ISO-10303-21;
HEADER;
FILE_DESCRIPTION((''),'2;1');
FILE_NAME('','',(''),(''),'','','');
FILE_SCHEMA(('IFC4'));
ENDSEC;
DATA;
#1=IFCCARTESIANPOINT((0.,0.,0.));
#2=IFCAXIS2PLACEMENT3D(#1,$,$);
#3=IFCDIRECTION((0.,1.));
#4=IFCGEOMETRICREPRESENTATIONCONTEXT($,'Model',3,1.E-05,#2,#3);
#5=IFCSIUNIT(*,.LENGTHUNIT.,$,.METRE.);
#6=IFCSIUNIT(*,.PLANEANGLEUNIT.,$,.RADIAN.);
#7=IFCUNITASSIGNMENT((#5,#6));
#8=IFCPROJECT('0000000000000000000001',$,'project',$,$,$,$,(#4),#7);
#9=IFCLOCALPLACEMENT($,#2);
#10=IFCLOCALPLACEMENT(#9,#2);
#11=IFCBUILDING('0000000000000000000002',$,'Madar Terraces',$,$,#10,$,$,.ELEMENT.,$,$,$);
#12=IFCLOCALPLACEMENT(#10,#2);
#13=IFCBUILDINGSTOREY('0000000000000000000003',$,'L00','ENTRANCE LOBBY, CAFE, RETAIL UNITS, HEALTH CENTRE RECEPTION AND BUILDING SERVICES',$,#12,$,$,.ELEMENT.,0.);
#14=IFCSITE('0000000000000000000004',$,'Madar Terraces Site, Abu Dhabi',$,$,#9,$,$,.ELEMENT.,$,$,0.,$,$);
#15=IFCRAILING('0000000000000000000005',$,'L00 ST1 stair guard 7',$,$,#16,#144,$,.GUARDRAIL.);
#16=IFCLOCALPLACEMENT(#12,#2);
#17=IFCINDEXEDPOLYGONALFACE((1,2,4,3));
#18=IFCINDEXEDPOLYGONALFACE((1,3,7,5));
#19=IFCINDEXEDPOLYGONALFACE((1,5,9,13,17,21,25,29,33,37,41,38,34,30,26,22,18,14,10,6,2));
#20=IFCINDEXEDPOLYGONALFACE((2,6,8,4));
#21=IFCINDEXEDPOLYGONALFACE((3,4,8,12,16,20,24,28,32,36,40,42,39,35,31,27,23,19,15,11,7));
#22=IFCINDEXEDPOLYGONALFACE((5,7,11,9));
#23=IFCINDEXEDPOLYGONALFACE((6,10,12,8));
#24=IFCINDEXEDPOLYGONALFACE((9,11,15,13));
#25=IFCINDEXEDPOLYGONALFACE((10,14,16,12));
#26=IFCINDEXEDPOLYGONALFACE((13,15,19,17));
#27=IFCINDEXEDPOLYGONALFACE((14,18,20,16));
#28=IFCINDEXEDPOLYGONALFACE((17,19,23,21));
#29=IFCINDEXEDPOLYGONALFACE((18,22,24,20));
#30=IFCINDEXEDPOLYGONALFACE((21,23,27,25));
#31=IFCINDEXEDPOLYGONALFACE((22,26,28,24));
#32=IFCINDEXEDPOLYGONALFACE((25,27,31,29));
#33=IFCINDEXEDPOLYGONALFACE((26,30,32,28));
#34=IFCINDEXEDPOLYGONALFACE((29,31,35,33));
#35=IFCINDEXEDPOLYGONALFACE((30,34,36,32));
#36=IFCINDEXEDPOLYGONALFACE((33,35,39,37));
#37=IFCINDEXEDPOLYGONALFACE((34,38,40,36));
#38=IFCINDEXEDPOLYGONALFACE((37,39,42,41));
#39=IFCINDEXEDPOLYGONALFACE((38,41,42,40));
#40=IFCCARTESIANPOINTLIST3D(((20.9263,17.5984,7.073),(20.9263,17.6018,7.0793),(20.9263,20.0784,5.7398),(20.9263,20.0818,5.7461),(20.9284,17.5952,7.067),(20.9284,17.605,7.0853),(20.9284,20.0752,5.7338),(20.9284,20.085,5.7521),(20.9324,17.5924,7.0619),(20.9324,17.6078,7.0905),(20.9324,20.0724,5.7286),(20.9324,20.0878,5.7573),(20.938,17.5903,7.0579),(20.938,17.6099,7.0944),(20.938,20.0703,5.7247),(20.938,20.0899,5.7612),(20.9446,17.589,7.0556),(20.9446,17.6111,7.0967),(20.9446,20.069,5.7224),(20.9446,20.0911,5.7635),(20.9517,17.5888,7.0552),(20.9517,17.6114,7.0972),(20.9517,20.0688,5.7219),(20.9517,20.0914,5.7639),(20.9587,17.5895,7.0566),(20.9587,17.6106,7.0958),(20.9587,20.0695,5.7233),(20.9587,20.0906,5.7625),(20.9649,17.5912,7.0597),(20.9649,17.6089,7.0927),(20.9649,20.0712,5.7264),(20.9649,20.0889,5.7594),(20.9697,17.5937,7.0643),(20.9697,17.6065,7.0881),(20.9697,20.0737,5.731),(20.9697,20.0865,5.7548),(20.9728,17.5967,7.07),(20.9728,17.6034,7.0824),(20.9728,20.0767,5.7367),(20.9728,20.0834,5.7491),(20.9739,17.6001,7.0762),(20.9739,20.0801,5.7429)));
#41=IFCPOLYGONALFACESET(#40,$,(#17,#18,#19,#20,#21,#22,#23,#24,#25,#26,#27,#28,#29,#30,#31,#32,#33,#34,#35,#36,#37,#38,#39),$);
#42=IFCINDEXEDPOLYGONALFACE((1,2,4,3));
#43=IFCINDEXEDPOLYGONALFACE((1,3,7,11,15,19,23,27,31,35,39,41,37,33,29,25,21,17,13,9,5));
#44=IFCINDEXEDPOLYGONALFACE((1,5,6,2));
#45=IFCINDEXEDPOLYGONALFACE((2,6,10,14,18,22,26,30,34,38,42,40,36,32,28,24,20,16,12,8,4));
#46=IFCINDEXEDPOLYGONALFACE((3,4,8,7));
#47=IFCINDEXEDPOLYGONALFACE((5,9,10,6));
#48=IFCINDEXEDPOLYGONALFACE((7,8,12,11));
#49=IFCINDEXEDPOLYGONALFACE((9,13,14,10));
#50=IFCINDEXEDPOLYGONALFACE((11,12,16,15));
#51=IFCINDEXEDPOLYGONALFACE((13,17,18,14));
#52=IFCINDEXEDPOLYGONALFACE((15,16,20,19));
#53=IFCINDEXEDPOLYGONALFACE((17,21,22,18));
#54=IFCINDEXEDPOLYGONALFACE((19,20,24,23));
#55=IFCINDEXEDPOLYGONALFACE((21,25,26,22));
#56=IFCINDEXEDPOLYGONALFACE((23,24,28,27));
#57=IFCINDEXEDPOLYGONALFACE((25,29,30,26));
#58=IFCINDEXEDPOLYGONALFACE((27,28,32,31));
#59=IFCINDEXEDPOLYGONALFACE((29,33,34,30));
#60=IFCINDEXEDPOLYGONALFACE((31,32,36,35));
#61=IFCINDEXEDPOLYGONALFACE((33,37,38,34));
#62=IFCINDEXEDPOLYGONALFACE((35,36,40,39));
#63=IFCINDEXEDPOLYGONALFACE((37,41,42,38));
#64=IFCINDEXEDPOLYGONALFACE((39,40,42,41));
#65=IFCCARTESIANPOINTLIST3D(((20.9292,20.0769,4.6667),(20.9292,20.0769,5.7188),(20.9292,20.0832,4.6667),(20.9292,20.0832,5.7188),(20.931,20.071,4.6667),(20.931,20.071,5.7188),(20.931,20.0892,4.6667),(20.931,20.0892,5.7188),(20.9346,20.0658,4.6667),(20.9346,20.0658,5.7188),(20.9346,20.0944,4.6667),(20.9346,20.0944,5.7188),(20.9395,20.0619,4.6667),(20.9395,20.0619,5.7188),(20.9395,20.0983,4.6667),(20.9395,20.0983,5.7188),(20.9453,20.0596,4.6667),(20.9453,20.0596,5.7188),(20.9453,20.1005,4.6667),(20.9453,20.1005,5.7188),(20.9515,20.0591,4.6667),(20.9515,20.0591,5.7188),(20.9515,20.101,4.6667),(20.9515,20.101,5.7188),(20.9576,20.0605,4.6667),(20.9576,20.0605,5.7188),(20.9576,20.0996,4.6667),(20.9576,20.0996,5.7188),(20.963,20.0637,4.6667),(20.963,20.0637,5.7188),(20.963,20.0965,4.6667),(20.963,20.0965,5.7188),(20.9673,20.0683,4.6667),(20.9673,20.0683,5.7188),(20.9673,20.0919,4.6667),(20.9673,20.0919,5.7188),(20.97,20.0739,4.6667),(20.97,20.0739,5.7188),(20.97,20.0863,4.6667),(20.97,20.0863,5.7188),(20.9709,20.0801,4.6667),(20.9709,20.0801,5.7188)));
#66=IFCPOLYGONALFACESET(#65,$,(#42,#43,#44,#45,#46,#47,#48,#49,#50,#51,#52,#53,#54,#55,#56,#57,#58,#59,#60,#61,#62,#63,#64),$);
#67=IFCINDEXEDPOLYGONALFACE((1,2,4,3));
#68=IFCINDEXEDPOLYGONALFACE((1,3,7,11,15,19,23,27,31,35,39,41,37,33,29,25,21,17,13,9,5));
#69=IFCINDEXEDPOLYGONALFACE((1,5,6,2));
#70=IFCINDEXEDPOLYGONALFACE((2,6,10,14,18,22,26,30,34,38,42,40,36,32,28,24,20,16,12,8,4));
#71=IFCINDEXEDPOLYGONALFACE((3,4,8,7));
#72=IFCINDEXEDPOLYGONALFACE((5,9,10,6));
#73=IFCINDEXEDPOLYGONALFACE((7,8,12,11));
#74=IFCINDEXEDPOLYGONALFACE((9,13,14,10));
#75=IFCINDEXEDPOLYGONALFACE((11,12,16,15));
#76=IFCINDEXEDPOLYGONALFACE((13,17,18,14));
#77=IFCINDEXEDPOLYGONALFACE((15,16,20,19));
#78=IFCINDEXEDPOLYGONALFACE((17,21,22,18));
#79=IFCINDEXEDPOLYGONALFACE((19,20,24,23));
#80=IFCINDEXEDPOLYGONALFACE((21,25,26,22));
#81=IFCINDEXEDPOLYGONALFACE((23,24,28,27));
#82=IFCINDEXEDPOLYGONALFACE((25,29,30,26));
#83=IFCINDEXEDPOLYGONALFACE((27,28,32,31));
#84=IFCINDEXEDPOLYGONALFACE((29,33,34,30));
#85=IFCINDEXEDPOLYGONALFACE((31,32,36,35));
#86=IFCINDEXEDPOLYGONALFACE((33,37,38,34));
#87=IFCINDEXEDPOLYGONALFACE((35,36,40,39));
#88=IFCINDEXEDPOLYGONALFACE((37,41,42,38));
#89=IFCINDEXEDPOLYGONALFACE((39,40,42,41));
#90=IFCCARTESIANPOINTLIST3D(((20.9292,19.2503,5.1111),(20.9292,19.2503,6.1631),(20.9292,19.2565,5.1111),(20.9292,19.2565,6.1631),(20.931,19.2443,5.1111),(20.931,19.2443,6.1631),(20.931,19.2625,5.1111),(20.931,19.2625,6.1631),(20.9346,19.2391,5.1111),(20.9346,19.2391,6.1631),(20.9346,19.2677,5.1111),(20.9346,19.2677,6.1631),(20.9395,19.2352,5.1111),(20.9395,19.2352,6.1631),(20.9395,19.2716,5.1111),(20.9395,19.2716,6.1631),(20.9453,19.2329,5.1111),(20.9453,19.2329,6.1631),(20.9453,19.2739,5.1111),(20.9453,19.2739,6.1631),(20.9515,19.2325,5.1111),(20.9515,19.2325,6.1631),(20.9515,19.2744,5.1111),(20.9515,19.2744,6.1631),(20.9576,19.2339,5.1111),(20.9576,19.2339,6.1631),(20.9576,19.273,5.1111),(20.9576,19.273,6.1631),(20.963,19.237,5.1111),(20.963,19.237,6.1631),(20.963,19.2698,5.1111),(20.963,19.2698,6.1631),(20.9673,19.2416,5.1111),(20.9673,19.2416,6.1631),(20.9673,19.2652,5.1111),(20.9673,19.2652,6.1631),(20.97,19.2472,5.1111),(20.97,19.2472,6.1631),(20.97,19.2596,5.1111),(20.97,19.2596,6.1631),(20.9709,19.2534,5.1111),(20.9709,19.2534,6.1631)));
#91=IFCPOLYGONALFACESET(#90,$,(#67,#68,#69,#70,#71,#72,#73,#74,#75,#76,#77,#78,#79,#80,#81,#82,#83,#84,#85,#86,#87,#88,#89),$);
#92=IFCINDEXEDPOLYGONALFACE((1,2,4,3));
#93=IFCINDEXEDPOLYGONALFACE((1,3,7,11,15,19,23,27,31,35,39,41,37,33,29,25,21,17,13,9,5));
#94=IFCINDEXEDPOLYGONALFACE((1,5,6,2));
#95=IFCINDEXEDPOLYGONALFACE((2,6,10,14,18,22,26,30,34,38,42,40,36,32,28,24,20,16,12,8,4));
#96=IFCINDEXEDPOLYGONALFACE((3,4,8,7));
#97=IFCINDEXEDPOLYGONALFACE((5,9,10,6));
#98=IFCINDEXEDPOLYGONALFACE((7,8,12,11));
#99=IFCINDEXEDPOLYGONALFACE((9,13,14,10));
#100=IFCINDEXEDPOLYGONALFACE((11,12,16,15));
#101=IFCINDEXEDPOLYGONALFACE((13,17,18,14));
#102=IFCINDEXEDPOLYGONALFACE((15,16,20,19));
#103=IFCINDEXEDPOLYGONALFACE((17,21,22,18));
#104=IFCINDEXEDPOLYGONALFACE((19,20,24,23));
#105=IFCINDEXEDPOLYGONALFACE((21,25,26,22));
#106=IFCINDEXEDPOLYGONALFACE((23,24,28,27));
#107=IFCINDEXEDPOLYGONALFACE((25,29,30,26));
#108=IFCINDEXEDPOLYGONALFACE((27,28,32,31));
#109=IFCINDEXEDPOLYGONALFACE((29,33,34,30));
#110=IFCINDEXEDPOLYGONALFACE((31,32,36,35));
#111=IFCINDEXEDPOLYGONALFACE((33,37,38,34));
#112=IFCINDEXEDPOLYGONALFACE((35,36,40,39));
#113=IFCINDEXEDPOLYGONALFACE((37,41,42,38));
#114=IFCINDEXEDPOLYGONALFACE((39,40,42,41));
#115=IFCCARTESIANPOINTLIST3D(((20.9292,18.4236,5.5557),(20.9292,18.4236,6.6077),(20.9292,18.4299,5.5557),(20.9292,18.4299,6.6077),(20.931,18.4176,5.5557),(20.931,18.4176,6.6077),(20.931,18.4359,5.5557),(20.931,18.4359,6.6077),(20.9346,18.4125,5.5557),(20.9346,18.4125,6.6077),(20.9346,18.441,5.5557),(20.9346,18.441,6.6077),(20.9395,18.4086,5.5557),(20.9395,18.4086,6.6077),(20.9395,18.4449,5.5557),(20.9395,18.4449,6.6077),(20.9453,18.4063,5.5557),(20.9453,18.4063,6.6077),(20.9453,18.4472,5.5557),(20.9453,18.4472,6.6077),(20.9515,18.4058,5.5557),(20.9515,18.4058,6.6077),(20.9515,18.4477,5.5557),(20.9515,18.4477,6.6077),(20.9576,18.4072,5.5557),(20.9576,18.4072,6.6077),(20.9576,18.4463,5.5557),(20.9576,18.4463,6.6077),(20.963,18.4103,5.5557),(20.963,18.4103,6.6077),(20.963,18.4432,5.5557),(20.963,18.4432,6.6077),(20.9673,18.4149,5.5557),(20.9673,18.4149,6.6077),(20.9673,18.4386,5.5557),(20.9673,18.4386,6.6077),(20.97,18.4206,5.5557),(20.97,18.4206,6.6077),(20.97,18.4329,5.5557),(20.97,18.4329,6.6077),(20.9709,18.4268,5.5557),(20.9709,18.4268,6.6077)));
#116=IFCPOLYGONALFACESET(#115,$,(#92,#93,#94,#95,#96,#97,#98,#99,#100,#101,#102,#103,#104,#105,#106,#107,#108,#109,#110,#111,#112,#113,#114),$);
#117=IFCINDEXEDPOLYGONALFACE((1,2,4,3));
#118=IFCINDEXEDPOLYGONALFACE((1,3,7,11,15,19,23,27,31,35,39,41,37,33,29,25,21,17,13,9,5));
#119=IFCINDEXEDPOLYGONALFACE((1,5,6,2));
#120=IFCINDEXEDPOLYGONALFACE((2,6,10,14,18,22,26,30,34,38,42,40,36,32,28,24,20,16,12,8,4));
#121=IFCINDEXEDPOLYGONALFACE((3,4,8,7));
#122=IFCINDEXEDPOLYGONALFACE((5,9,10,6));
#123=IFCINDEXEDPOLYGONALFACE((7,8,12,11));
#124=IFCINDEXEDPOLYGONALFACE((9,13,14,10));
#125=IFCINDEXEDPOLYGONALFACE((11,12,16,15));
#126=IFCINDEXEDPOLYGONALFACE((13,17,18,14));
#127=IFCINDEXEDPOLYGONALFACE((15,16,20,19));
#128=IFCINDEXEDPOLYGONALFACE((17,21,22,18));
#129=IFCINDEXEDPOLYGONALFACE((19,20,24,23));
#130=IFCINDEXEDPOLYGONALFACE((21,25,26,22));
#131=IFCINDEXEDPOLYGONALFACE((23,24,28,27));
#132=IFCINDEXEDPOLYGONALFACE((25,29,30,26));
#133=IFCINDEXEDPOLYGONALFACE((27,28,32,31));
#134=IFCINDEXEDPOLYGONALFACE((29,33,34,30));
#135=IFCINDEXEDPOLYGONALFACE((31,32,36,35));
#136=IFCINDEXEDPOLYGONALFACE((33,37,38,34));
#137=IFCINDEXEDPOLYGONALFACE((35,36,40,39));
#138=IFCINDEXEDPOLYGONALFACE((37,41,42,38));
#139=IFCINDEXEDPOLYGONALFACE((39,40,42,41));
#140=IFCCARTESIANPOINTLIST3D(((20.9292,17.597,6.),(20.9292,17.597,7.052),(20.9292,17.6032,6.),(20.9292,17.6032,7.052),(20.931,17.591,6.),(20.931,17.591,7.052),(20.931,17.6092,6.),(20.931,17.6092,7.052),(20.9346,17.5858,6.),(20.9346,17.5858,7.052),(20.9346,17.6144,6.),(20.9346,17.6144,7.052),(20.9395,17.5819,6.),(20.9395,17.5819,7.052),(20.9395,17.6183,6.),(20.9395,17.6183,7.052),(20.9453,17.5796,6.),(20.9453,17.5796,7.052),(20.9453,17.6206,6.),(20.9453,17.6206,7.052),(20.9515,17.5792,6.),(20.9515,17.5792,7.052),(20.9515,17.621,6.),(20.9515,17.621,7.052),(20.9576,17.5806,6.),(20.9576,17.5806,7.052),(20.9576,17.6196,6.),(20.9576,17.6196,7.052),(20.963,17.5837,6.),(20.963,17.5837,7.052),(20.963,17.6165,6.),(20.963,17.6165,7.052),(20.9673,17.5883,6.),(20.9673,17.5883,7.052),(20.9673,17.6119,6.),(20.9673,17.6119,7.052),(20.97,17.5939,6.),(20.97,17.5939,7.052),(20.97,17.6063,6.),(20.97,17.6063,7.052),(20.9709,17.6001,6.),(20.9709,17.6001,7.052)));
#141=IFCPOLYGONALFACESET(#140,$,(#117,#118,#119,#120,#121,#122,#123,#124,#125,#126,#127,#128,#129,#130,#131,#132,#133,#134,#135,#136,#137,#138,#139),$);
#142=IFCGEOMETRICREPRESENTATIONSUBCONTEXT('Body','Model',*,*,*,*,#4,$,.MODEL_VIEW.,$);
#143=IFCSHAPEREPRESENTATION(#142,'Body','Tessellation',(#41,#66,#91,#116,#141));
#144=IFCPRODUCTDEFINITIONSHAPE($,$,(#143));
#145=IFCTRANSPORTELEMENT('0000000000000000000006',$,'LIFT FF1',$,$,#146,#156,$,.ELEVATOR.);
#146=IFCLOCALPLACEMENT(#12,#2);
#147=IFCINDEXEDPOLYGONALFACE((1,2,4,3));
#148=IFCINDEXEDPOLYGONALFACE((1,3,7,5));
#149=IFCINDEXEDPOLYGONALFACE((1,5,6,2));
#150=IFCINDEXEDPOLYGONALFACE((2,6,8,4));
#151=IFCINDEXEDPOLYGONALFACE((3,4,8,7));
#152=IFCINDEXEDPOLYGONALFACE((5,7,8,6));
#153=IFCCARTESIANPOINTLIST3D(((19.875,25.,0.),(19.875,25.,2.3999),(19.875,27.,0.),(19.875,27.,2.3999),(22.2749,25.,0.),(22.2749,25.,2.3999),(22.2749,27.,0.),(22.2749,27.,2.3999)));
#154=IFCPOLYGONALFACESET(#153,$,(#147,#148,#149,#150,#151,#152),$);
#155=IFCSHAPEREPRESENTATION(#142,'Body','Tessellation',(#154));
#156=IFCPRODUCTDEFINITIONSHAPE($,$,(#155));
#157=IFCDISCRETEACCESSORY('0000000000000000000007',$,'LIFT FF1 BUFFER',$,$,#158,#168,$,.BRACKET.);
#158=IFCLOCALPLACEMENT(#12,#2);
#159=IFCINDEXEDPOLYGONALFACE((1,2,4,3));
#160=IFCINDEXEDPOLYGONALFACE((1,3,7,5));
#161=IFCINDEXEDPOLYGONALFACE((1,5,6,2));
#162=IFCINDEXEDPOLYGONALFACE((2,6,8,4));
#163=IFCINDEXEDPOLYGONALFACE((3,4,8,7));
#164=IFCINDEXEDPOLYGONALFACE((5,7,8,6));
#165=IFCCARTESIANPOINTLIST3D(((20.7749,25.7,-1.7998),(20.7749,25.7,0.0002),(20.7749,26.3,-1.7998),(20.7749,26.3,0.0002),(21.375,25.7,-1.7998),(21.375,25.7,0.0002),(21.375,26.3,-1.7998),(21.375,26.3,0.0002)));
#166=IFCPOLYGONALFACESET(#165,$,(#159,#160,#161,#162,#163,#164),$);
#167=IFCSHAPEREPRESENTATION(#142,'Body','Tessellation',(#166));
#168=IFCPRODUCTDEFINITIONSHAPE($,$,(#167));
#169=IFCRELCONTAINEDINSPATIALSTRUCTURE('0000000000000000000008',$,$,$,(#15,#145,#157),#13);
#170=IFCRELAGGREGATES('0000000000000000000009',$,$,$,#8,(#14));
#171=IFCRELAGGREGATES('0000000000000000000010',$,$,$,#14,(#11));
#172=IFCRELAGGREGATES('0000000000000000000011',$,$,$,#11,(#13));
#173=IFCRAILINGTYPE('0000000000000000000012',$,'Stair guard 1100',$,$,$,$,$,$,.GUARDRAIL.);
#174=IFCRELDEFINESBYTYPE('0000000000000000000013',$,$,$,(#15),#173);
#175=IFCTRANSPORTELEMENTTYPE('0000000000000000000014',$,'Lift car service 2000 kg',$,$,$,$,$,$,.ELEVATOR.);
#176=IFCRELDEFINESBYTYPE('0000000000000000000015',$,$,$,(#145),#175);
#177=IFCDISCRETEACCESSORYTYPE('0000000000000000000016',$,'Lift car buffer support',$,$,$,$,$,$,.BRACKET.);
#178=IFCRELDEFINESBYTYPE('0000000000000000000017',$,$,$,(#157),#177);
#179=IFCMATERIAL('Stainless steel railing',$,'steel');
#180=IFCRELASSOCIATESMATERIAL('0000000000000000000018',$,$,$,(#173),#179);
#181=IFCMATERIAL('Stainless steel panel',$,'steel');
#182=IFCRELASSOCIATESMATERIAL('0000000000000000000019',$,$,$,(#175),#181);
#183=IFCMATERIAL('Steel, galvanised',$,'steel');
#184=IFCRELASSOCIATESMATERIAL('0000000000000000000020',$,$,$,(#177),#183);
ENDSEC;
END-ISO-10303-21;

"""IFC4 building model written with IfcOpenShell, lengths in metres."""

from ifc_helpers import new_model, si_unit, direction, frame, origin, origin_2d, place, context, subcontext, project, spatial, rectangle, circle, extrude, material, type_object, element, save


model = new_model("IFC4")

# Units and contexts
model_context = context("Model", 3, precision=1e-05, world=origin(), true_north=direction((0.0, 1.0)))
body_context = subcontext(model_context, "Body", "Model", "MODEL_VIEW")
ifc_project = project(units=[si_unit("LENGTHUNIT", "METRE"), si_unit("PLANEANGLEUNIT", "RADIAN")], contexts=[model_context])

# Site, building, storey
site_placement = place(None, origin())
site = spatial("IfcSite", under=ifc_project, at=site_placement, Name="Madar Terraces Site, Abu Dhabi", CompositionType="ELEMENT", RefElevation=0.0)
building_placement = place(site_placement, origin())
building = spatial("IfcBuilding", under=site, at=building_placement, Name="Madar Terraces", CompositionType="ELEMENT")
storey_placement = place(building_placement, origin())
storey = spatial("IfcBuildingStorey", under=building, at=storey_placement, Name="L00", Description="ENTRANCE LOBBY, CAFE, RETAIL UNITS, HEALTH CENTRE RECEPTION AND BUILDING SERVICES", CompositionType="ELEMENT", Elevation=0.0)

# Railing
ifc_material_1 = material(Name="Stainless steel railing", Category="steel")
railing_type = type_object("IfcRailingType", Name="Stair guard 1100", PredefinedType="GUARDRAIL", material=ifc_material_1)
for number, where, name in (
    (1, (20.95, 20.0801, 4.6667), "L00 ST1 stair guard 7"),
):
    element("IfcRailing", number, at=place(storey_placement, frame(where)), inside=storey, type_object=railing_type, Name=name, PredefinedType="GUARDRAIL", context=body_context, shape_type="SweptSolid", body=[
        extrude(circle(Radius=0.0239, at=origin_2d()), frame((0.0, 0.0, 1.0762), z_axis=(0.0, -0.880786, 0.473515), x_axis=(1.0, 0.0, 0.0)), (0.0, 0.0, 1.0), 2.8157),
        extrude(circle(Radius=0.021, at=origin_2d()), origin(), (0.0, 0.0, 1.0), 1.052),
        extrude(circle(Radius=0.021, at=origin_2d()), frame((0.0, -0.8267, 0.4443)), (0.0, 0.0, 1.0), 1.052),
        extrude(circle(Radius=0.021, at=origin_2d()), frame((0.0, -1.6533, 0.8889)), (0.0, 0.0, 1.0), 1.052),
        extrude(circle(Radius=0.021, at=origin_2d()), frame((0.0, -2.48, 1.3333)), (0.0, 0.0, 1.0), 1.052),
    ])

# Transport element
ifc_material_2 = material(Name="Stainless steel panel", Category="steel")
transport_element_type = type_object("IfcTransportElementType", Name="Lift car service 2000 kg", PredefinedType="ELEVATOR", material=ifc_material_2)
transport_element_placement = place(storey_placement, frame((21.075, 26.0, 0.0), z_axis=(0.0, 0.0, 1.0), x_axis=(1.0, 0.0, 0.0)))
element("IfcTransportElement", 2, at=transport_element_placement, inside=storey, type_object=transport_element_type, Name="LIFT FF1", PredefinedType="ELEVATOR", context=body_context, shape_type="SweptSolid", body=[
    extrude(rectangle(XDim=2.3999, YDim=2.0, at=origin_2d()), origin(), (0.0, 0.0, 1.0), 2.3999),
])

# Discrete accessory
ifc_material_3 = material(Name="Steel, galvanised", Category="steel")
discrete_accessory_type = type_object("IfcDiscreteAccessoryType", Name="Lift car buffer support", PredefinedType="BRACKET", material=ifc_material_3)
discrete_accessory_placement = place(storey_placement, frame((21.075, 26.0, -1.7998), z_axis=(0.0, 0.0, 1.0), x_axis=(1.0, 0.0, 0.0)))
element("IfcDiscreteAccessory", 3, at=discrete_accessory_placement, inside=storey, type_object=discrete_accessory_type, Name="LIFT FF1 BUFFER", PredefinedType="BRACKET", context=body_context, shape_type="SweptSolid", body=[
    extrude(rectangle(XDim=0.6001, YDim=0.6001, at=origin_2d()), origin(), (0.0, 0.0, 1.0), 1.8),
])

save(model, "model.ifc")
